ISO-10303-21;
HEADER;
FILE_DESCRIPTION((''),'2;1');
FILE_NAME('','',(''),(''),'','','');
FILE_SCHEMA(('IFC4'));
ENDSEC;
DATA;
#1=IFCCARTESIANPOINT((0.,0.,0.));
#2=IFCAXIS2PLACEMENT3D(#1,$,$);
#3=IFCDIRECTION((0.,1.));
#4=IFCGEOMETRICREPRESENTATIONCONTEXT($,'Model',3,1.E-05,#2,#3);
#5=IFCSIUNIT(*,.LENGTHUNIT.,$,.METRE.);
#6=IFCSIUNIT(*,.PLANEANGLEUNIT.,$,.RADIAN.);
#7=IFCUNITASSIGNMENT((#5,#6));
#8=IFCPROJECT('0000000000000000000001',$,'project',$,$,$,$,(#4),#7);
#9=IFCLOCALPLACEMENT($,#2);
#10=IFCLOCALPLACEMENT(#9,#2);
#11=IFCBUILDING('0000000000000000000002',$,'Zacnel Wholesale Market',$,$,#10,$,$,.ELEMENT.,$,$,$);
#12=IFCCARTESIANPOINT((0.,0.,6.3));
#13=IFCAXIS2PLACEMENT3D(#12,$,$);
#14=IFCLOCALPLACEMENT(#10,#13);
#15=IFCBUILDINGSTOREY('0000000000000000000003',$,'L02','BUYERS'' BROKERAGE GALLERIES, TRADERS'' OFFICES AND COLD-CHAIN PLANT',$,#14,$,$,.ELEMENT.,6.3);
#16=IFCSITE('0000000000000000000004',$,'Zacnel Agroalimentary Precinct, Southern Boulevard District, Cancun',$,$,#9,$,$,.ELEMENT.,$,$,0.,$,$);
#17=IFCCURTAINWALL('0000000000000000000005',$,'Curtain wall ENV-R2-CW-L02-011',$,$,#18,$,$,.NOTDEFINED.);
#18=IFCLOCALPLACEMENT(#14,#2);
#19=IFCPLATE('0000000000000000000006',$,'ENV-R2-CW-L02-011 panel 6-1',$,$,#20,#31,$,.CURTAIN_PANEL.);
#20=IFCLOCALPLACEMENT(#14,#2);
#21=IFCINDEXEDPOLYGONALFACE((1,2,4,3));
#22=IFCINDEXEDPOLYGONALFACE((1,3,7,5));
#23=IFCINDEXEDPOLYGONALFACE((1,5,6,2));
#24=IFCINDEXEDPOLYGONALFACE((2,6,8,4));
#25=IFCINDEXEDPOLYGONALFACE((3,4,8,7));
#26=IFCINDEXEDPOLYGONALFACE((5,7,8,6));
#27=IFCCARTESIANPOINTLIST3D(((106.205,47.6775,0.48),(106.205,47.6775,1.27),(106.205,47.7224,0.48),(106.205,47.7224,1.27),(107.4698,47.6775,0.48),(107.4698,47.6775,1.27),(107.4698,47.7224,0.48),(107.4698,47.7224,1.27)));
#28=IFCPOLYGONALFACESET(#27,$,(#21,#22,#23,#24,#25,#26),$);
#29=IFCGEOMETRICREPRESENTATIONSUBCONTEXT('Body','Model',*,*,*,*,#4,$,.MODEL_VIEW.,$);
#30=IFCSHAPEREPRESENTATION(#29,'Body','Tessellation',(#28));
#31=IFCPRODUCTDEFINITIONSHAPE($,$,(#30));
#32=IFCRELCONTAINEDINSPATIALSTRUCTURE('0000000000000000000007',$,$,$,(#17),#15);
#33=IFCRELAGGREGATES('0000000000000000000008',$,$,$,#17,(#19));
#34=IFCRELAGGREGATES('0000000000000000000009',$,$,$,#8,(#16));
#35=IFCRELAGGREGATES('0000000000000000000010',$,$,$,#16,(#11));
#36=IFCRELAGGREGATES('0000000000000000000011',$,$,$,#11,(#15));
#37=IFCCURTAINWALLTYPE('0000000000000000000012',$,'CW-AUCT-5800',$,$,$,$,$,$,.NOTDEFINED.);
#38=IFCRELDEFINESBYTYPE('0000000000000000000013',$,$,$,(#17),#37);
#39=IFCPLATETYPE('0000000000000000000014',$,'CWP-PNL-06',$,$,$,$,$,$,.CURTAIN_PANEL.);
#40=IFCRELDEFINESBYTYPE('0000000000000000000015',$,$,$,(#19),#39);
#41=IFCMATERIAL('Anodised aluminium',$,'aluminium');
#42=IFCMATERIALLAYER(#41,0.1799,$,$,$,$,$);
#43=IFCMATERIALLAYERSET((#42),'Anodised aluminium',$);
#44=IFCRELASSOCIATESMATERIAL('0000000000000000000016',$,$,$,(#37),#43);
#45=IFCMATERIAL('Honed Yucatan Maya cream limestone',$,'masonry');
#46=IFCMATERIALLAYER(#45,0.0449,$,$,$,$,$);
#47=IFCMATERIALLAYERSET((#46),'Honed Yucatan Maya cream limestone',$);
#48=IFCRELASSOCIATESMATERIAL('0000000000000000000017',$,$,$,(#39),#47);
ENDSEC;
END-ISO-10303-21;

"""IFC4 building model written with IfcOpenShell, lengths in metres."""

from ifc_helpers import new_model, si_unit, direction, frame, origin, origin_2d, place, context, subcontext, project, spatial, rectangle, extrude, material, layer, layer_set, type_object, element, aggregate, save


model = new_model("IFC4")

# Units and contexts
model_context = context("Model", 3, precision=1e-05, world=origin(), true_north=direction((0.0, 1.0)))
body_context = subcontext(model_context, "Body", "Model", "MODEL_VIEW")
ifc_project = project(units=[si_unit("LENGTHUNIT", "METRE"), si_unit("PLANEANGLEUNIT", "RADIAN")], contexts=[model_context])

# Site, building, storey
site_placement = place(None, origin())
site = spatial("IfcSite", under=ifc_project, at=site_placement, Name="Zacnel Agroalimentary Precinct, Southern Boulevard District, Cancun", CompositionType="ELEMENT", RefElevation=0.0)
building_placement = place(site_placement, origin())
building = spatial("IfcBuilding", under=site, at=building_placement, Name="Zacnel Wholesale Market", CompositionType="ELEMENT")
storey_placement = place(building_placement, frame((0.0, 0.0, 6.3)))
storey = spatial("IfcBuildingStorey", under=building, at=storey_placement, Name="L02", Description="BUYERS' BROKERAGE GALLERIES, TRADERS' OFFICES AND COLD-CHAIN PLANT", CompositionType="ELEMENT", Elevation=6.3)

# Curtain wall, plate
ifc_material_1 = material(Name="Anodised aluminium", Category="aluminium")
ifc_layer_1 = layer(ifc_material_1, 0.1799)
ifc_layer_set_1 = layer_set([ifc_layer_1], Name="Anodised aluminium")
curtain_wall_type = type_object("IfcCurtainWallType", Name="CW-AUCT-5800", PredefinedType="NOTDEFINED", material=ifc_layer_set_1)
curtain_wall_placement = place(storey_placement, origin())
curtain_wall = element("IfcCurtainWall", 1, at=curtain_wall_placement, inside=storey, type_object=curtain_wall_type, Name="Curtain wall ENV-R2-CW-L02-011", PredefinedType="NOTDEFINED")
ifc_material_2 = material(Name="Honed Yucatan Maya cream limestone", Category="masonry")
ifc_layer_2 = layer(ifc_material_2, 0.0449)
ifc_layer_set_2 = layer_set([ifc_layer_2], Name="Honed Yucatan Maya cream limestone")
plate_type_1 = type_object("IfcPlateType", Name="CWP-PNL-06", PredefinedType="CURTAIN_PANEL", material=ifc_layer_set_2)
plate_1_placement = place(storey_placement, frame((106.8374, 47.7, 0.48), z_axis=(0.0, 0.0, 1.0), x_axis=(1.0, 0.0, 0.0)))
plate_1 = element("IfcPlate", 2, at=plate_1_placement, type_object=plate_type_1, Name="ENV-R2-CW-L02-011 panel 6-1", PredefinedType="CURTAIN_PANEL", context=body_context, shape_type="SweptSolid", body=[
    extrude(rectangle(XDim=1.2649, YDim=0.0449, at=origin_2d()), origin(), (0.0, 0.0, 1.0), 0.79),
])
aggregate(curtain_wall, [plate_1])

save(model, "model.ifc")
